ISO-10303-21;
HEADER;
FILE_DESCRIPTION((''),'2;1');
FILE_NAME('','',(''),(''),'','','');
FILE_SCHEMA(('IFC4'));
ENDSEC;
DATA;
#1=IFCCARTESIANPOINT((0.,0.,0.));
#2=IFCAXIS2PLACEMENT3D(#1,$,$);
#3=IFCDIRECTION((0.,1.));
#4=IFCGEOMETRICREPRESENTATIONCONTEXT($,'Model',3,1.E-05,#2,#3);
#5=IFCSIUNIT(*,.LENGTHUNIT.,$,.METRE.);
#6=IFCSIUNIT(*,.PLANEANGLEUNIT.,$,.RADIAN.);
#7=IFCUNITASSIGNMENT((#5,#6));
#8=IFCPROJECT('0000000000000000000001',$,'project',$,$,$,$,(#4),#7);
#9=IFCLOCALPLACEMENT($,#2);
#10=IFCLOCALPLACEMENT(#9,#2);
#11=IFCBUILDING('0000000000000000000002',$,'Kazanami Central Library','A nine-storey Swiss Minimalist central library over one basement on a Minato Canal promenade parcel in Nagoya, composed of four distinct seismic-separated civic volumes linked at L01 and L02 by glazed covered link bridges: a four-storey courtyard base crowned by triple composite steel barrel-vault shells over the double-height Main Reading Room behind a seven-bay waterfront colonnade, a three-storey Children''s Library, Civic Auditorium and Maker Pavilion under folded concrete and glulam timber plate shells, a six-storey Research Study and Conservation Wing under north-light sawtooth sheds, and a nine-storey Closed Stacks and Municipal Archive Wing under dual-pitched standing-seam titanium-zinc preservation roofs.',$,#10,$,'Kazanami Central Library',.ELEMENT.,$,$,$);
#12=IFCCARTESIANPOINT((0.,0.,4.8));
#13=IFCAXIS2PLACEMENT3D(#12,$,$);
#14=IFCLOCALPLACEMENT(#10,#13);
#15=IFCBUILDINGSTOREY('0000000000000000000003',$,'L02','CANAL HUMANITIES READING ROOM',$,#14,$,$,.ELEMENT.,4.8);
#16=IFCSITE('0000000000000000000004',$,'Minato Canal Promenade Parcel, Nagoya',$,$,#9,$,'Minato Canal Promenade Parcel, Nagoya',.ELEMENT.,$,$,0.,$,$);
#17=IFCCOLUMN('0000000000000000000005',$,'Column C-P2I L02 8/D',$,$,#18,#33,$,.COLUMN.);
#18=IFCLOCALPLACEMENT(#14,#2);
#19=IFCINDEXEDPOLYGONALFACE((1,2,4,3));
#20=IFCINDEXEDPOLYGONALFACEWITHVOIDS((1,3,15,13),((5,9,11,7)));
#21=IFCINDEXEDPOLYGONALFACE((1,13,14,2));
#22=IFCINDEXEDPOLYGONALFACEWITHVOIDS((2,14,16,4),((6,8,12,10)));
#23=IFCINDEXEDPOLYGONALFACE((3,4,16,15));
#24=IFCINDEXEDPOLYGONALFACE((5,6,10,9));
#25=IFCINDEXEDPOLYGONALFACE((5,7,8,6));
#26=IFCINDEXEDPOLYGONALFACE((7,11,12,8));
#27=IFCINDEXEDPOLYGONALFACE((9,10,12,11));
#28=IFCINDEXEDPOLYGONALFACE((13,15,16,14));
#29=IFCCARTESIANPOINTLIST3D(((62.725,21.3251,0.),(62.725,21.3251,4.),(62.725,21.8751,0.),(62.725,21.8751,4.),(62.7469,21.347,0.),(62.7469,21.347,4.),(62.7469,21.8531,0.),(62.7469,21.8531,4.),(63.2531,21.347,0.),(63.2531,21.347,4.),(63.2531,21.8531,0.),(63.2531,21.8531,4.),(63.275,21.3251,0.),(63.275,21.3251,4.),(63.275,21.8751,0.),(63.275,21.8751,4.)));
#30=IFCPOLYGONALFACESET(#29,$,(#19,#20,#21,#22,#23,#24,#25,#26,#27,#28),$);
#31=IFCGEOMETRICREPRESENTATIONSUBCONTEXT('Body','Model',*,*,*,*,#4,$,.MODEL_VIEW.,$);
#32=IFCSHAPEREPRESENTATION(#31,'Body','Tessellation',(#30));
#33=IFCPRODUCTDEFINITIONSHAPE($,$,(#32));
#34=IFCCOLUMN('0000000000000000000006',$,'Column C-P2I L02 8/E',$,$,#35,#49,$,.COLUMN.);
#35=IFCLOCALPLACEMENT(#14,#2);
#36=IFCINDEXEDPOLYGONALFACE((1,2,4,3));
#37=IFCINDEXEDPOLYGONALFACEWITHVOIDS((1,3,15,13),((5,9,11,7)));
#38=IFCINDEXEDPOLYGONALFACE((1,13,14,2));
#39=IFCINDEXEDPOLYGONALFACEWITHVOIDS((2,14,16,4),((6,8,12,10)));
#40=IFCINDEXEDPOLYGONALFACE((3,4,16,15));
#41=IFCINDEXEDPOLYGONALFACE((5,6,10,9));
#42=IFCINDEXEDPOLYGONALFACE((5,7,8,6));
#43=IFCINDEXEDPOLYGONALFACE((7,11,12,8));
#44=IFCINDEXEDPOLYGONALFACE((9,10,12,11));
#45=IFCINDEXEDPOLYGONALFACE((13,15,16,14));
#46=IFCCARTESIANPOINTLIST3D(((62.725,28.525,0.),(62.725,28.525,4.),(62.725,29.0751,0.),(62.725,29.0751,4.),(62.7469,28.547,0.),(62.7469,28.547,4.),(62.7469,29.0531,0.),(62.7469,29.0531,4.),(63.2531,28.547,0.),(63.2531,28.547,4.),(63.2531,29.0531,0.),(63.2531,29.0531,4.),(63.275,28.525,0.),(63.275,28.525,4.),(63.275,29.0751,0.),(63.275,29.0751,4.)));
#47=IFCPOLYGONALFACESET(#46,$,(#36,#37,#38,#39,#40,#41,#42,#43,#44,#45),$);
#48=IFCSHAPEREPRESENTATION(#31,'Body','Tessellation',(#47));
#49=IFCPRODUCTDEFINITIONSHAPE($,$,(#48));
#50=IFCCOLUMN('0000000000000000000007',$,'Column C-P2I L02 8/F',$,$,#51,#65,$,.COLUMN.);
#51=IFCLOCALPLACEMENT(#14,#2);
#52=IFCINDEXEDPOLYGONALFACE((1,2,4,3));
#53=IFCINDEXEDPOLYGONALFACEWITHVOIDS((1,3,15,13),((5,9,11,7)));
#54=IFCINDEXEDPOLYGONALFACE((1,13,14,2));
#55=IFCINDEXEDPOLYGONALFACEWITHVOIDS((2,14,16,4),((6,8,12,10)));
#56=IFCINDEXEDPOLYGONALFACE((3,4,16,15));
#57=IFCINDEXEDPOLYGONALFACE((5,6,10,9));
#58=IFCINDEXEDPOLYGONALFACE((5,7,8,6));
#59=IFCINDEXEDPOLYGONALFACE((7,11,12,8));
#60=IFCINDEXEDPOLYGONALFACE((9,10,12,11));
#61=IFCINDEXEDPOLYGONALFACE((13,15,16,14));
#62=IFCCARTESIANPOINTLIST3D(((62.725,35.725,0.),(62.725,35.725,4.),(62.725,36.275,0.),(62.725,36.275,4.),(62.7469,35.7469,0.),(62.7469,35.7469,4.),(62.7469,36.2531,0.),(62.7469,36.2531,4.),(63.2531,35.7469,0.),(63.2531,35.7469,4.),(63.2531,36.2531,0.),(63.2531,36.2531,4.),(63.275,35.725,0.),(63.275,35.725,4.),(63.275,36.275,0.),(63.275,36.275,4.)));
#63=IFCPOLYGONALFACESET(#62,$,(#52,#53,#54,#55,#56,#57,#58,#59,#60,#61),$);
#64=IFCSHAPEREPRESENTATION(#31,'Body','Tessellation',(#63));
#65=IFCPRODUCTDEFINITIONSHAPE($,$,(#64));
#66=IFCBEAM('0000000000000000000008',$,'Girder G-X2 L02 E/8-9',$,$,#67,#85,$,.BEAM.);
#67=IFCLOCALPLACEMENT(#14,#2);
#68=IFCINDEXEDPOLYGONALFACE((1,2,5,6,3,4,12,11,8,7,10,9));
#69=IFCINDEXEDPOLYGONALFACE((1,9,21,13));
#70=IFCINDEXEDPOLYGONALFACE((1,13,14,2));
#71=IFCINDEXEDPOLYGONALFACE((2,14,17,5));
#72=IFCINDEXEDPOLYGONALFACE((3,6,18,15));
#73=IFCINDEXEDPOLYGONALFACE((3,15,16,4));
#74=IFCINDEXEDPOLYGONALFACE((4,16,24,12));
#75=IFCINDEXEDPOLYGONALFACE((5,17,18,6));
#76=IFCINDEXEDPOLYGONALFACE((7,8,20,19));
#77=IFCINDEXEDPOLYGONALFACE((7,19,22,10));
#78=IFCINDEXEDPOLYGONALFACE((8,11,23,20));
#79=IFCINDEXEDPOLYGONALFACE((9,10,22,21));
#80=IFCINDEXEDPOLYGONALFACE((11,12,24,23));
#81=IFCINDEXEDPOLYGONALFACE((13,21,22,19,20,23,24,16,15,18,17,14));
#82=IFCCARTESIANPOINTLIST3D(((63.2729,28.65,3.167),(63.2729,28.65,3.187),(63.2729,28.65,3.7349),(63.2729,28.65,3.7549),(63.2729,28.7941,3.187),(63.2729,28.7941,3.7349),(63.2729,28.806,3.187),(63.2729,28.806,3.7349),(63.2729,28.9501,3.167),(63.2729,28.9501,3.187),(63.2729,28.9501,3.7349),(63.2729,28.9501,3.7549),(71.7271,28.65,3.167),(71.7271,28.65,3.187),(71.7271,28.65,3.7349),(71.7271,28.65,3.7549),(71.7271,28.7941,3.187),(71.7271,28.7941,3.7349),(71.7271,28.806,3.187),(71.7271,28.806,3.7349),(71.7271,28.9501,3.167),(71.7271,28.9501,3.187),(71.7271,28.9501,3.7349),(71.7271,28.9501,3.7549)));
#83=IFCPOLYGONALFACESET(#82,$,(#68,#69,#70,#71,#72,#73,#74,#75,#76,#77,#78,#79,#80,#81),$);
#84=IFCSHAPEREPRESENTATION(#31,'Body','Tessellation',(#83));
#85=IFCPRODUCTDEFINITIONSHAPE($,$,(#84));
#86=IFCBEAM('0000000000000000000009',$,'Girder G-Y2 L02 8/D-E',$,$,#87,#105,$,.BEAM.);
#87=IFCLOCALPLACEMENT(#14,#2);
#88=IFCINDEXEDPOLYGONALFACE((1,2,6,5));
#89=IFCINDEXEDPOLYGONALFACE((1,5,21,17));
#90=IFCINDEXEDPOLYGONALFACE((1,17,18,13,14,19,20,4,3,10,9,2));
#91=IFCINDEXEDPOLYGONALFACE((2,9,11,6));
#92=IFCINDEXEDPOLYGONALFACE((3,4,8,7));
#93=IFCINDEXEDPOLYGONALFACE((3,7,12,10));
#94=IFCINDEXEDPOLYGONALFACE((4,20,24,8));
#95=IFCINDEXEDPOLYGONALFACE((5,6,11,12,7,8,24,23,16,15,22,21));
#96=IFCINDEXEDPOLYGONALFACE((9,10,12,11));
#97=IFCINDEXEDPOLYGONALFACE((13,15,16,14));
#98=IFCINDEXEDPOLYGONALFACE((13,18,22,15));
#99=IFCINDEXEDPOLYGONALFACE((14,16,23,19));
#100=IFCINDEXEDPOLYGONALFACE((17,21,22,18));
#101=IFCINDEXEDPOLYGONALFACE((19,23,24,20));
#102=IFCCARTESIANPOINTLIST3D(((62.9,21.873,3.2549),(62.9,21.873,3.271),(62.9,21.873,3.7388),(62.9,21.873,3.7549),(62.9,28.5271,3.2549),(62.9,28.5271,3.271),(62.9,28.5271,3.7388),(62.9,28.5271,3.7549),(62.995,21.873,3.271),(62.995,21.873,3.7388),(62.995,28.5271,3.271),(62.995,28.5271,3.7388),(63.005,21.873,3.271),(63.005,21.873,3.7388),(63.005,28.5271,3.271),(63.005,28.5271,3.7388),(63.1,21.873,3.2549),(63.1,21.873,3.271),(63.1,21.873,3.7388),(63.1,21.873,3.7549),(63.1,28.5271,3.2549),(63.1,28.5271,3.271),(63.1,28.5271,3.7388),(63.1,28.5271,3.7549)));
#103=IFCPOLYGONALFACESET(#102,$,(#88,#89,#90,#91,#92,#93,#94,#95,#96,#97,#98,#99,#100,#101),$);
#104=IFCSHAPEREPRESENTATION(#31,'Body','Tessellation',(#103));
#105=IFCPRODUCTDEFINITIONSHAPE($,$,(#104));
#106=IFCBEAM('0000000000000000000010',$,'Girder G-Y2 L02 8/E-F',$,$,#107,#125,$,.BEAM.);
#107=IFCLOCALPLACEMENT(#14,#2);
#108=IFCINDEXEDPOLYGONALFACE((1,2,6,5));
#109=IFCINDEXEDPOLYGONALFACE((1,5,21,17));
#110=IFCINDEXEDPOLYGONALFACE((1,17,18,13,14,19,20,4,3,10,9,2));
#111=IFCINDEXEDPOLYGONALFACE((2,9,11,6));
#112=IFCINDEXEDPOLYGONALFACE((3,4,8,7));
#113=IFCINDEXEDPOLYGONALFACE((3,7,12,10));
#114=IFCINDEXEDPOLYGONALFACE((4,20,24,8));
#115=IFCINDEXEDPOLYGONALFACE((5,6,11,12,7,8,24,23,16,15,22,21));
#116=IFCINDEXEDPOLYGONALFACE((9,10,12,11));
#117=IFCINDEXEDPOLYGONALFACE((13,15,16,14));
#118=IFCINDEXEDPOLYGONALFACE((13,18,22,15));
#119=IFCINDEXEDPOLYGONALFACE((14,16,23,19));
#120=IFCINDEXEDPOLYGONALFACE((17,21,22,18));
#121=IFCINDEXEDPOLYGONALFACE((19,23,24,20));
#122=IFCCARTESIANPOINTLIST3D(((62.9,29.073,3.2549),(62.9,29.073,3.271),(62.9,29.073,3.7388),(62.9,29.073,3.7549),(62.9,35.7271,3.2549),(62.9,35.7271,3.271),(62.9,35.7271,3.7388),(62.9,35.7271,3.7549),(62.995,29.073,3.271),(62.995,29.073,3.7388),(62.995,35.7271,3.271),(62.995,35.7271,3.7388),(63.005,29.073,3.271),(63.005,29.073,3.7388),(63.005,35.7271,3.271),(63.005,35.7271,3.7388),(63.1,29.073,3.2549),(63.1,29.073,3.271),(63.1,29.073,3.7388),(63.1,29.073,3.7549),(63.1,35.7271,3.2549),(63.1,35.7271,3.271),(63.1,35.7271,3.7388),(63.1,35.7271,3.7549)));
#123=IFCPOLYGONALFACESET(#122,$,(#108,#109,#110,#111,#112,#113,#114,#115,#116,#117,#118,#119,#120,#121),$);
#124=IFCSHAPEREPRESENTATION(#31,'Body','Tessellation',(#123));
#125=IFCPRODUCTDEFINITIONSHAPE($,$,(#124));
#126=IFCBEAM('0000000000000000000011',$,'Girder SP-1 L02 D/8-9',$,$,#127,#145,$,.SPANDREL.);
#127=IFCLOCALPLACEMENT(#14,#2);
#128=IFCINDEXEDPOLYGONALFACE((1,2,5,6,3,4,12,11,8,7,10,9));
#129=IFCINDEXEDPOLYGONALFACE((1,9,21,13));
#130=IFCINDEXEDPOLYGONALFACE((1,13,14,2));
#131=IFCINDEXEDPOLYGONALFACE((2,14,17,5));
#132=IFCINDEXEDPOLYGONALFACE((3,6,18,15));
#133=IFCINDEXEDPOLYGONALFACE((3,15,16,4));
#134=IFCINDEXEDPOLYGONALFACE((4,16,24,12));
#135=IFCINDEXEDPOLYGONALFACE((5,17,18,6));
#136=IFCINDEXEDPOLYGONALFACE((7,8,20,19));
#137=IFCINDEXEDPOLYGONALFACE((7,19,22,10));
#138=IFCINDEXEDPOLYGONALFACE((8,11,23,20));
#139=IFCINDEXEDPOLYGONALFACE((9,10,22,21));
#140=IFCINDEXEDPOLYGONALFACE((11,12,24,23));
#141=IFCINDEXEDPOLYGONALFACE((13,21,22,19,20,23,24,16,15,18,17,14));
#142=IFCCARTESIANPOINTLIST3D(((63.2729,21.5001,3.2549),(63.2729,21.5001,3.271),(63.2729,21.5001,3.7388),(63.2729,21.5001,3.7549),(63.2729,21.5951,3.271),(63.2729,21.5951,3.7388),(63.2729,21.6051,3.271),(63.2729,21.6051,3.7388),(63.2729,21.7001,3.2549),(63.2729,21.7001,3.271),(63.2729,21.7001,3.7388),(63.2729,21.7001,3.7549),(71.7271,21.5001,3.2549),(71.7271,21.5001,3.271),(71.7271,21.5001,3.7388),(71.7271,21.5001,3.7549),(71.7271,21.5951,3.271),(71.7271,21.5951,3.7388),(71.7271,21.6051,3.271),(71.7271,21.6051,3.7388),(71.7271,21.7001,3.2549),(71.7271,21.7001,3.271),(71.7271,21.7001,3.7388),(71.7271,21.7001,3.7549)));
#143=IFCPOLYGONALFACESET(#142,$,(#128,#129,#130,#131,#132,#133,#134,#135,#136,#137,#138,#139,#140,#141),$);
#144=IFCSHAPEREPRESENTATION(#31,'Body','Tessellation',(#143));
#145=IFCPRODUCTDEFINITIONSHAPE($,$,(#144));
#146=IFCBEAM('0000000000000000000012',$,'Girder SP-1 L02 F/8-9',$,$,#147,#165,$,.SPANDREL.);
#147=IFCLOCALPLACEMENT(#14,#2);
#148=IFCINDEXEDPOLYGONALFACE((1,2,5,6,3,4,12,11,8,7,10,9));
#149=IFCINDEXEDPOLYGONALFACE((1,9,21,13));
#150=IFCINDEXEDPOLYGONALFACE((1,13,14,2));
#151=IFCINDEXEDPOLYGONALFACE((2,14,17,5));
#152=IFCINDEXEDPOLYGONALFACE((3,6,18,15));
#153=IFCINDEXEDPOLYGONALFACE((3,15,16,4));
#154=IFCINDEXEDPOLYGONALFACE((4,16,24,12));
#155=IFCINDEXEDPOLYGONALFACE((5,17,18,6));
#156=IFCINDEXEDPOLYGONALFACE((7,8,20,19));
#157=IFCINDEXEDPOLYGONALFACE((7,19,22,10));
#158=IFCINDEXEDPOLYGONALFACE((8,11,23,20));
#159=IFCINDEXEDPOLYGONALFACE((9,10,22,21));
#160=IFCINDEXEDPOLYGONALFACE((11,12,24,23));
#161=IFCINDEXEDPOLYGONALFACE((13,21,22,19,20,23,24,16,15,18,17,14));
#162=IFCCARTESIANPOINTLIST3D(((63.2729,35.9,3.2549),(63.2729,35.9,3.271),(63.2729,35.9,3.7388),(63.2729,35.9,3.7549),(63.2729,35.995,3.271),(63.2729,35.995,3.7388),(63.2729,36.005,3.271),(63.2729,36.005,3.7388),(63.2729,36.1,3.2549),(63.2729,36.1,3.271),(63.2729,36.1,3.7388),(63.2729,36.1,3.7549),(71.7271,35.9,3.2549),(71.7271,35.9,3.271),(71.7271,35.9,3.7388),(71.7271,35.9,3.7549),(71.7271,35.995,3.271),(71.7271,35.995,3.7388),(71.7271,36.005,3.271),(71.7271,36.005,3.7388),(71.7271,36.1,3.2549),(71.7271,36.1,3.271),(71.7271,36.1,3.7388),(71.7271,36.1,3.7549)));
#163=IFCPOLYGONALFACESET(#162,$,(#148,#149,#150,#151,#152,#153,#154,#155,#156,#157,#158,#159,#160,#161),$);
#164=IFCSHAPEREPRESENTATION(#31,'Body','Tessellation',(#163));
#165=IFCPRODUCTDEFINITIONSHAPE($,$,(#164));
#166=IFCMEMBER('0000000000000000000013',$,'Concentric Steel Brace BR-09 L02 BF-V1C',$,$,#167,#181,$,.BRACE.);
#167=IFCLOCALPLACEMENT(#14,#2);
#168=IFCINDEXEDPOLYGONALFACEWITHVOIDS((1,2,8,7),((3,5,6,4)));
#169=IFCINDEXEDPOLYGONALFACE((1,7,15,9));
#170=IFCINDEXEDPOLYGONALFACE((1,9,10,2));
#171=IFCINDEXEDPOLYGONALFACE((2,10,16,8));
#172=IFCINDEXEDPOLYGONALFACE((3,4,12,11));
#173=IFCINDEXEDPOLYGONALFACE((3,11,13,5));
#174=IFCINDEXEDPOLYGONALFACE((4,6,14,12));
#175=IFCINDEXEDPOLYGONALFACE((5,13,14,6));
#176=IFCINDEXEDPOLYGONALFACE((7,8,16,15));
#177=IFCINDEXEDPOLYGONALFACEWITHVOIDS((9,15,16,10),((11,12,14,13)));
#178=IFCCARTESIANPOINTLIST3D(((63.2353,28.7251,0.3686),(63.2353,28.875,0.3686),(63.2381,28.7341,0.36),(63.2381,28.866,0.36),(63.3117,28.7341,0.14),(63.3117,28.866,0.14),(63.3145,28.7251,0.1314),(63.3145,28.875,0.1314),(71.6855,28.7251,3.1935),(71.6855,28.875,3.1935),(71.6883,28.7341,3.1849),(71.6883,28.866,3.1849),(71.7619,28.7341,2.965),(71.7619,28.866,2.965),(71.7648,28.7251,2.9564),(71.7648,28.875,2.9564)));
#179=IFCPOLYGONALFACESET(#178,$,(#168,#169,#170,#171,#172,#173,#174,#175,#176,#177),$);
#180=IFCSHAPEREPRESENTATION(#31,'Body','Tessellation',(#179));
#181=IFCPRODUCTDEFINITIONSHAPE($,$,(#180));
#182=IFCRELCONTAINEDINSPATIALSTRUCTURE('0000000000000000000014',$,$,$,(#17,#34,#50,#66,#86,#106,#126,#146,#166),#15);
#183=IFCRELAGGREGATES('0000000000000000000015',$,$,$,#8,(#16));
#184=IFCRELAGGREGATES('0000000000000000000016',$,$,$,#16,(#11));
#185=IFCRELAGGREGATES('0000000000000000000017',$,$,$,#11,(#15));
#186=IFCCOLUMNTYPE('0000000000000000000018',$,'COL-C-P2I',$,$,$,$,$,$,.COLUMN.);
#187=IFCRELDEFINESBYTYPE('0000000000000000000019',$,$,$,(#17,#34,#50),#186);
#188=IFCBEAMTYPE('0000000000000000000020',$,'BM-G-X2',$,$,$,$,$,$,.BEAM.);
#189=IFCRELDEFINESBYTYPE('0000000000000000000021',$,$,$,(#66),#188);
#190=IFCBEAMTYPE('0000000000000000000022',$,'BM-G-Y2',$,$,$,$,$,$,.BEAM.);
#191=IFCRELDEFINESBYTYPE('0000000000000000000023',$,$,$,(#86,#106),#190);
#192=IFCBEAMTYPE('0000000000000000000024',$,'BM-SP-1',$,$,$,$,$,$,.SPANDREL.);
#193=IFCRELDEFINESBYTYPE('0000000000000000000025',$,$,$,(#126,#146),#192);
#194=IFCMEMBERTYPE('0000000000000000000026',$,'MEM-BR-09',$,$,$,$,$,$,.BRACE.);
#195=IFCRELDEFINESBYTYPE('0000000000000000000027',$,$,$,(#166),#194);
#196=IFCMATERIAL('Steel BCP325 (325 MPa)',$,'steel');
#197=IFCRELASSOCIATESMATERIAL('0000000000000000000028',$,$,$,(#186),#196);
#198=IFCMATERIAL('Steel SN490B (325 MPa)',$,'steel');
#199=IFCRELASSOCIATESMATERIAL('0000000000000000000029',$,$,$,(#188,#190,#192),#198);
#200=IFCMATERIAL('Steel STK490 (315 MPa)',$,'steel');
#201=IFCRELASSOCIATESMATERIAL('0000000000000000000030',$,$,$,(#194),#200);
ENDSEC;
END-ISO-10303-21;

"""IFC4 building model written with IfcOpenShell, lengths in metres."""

from ifc_helpers import new_model, si_unit, direction, frame, origin, origin_2d, place, context, subcontext, project, spatial, hollow_rectangle, i_section, extrude, material, material_profile, profile_set, type_object, element, save


model = new_model("IFC4")

# Units and contexts
model_context = context("Model", 3, precision=1e-05, world=origin(), true_north=direction((0.0, 1.0)))
body_context = subcontext(model_context, "Body", "Model", "MODEL_VIEW")
ifc_project = project(units=[si_unit("LENGTHUNIT", "METRE"), si_unit("PLANEANGLEUNIT", "RADIAN")], contexts=[model_context])

# Site, building, storey
site_placement = place(None, origin())
site = spatial("IfcSite", under=ifc_project, at=site_placement, Name="Minato Canal Promenade Parcel, Nagoya", LongName="Minato Canal Promenade Parcel, Nagoya", CompositionType="ELEMENT", RefElevation=0.0)
building_placement = place(site_placement, origin())
building = spatial("IfcBuilding", under=site, at=building_placement, Name="Kazanami Central Library", Description="A nine-storey Swiss Minimalist central library over one basement on a Minato Canal promenade parcel in Nagoya, composed of four distinct seismic-separated civic volumes linked at L01 and L02 by glazed covered link bridges: a four-storey courtyard base crowned by triple composite steel barrel-vault shells over the double-height Main Reading Room behind a seven-bay waterfront colonnade, a three-storey Children's Library, Civic Auditorium and Maker Pavilion under folded concrete and glulam timber plate shells, a six-storey Research Study and Conservation Wing under north-light sawtooth sheds, and a nine-storey Closed Stacks and Municipal Archive Wing under dual-pitched standing-seam titanium-zinc preservation roofs.", LongName="Kazanami Central Library", CompositionType="ELEMENT")
storey_placement = place(building_placement, frame((0.0, 0.0, 4.8)))
storey = spatial("IfcBuildingStorey", under=building, at=storey_placement, Name="L02", Description="CANAL HUMANITIES READING ROOM", CompositionType="ELEMENT", Elevation=4.8)

# Columns
ifc_material_1 = material(Name="Steel BCP325 (325 MPa)", Category="steel")
ifc_material_profile_1 = material_profile(ifc_material_1, hollow_rectangle(XDim=0.55, YDim=0.55, WallThickness=0.022, at=origin_2d()), Name="BCP-550x550x22")
ifc_profile_set_1 = profile_set([ifc_material_profile_1], Name="Steel BCP325 (325 MPa)")
column_type = type_object("IfcColumnType", Name="COL-C-P2I", PredefinedType="COLUMN", material=ifc_profile_set_1)
for number, where, z_axis, x_axis, name in (
    (1, (63.0, 21.6001, 0.0), (0.0, 0.0, 1.0), (1.0, 0.0, 0.0), "Column C-P2I L02 8/D"),
    (2, (63.0, 28.8, 0.0), (0.0, 0.0, 1.0), (1.0, 0.0, 0.0), "Column C-P2I L02 8/E"),
    (3, (63.0, 36.0, 0.0), (0.0, 0.0, 1.0), (1.0, 0.0, 0.0), "Column C-P2I L02 8/F"),
):
    element("IfcColumn", number, at=place(storey_placement, frame(where, z_axis=z_axis, x_axis=x_axis)), inside=storey, type_object=column_type, Name=name, PredefinedType="COLUMN", context=body_context, shape_type="SweptSolid", body=[
        extrude(hollow_rectangle(XDim=0.55, YDim=0.55, WallThickness=0.022, at=origin_2d()), origin(), (0.0, 0.0, 1.0), 4.0),
    ])

# Beams
ifc_material_2 = material(Name="Steel SN490B (325 MPa)", Category="steel")
ifc_material_profile_2 = material_profile(ifc_material_2, i_section(OverallWidth=0.3, OverallDepth=0.5879, WebThickness=0.012, FlangeThickness=0.02, at=origin_2d()), Name="H-588x300x12x20")
ifc_profile_set_2 = profile_set([ifc_material_profile_2], Name="Steel SN490B (325 MPa)")
beam_type_1 = type_object("IfcBeamType", Name="BM-G-X2", PredefinedType="BEAM", material=ifc_profile_set_2)
beam_placement = place(storey_placement, frame((63.2729, 28.8, 3.4609), z_axis=(1.0, 0.0, 0.0), x_axis=(0.0, 1.0, 0.0)))
element("IfcBeam", 4, at=beam_placement, inside=storey, type_object=beam_type_1, Name="Girder G-X2 L02 E/8-9", PredefinedType="BEAM", context=body_context, shape_type="SweptSolid", body=[
    extrude(i_section(OverallWidth=0.3, OverallDepth=0.5879, WebThickness=0.012, FlangeThickness=0.02, at=origin_2d()), origin(), (0.0, 0.0, 1.0), 8.4541),
])
ifc_material_profile_3 = material_profile(ifc_material_2, i_section(OverallWidth=0.2, OverallDepth=0.5, WebThickness=0.01, FlangeThickness=0.0161, at=origin_2d()), Name="H-500x200x10x16")
ifc_profile_set_3 = profile_set([ifc_material_profile_3], Name="Steel SN490B (325 MPa)")
beam_type_2 = type_object("IfcBeamType", Name="BM-G-Y2", PredefinedType="BEAM", material=ifc_profile_set_3)
for number, where, z_axis, x_axis, name in (
    (5, (63.0, 21.873, 3.5049), (0.0, 1.0, 0.0), (-1.0, 0.0, 0.0), "Girder G-Y2 L02 8/D-E"),
    (6, (63.0, 29.073, 3.5049), (0.0, 1.0, 0.0), (-1.0, 0.0, 0.0), "Girder G-Y2 L02 8/E-F"),
):
    element("IfcBeam", number, at=place(storey_placement, frame(where, z_axis=z_axis, x_axis=x_axis)), inside=storey, type_object=beam_type_2, Name=name, PredefinedType="BEAM", context=body_context, shape_type="SweptSolid", body=[
        extrude(i_section(OverallWidth=0.2, OverallDepth=0.5, WebThickness=0.01, FlangeThickness=0.0161, at=origin_2d()), origin(), (0.0, 0.0, 1.0), 6.6541),
    ])
ifc_material_profile_4 = material_profile(ifc_material_2, i_section(OverallWidth=0.2, OverallDepth=0.5, WebThickness=0.01, FlangeThickness=0.0161, at=origin_2d()), Name="H-500x200x10x16")
ifc_profile_set_4 = profile_set([ifc_material_profile_4], Name="Steel SN490B (325 MPa)")
beam_type_3 = type_object("IfcBeamType", Name="BM-SP-1", PredefinedType="SPANDREL", material=ifc_profile_set_4)
for number, where, z_axis, x_axis, name in (
    (7, (63.2729, 21.6001, 3.5049), (1.0, 0.0, 0.0), (0.0, 1.0, 0.0), "Girder SP-1 L02 D/8-9"),
    (8, (63.2729, 36.0, 3.5049), (1.0, 0.0, 0.0), (0.0, 1.0, 0.0), "Girder SP-1 L02 F/8-9"),
):
    element("IfcBeam", number, at=place(storey_placement, frame(where, z_axis=z_axis, x_axis=x_axis)), inside=storey, type_object=beam_type_3, Name=name, PredefinedType="SPANDREL", context=body_context, shape_type="SweptSolid", body=[
        extrude(i_section(OverallWidth=0.2, OverallDepth=0.5, WebThickness=0.01, FlangeThickness=0.0161, at=origin_2d()), origin(), (0.0, 0.0, 1.0), 8.4541),
    ])

# Member
ifc_material_3 = material(Name="Steel STK490 (315 MPa)", Category="steel")
ifc_material_profile_5 = material_profile(ifc_material_3, hollow_rectangle(XDim=0.1499, YDim=0.25, WallThickness=0.009, at=origin_2d()), Name="STKR-250x150x9")
ifc_profile_set_5 = profile_set([ifc_material_profile_5], Name="Steel STK490 (315 MPa)")
member_type_1 = type_object("IfcMemberType", Name="MEM-BR-09", PredefinedType="BRACE", material=ifc_profile_set_5)
member_1_placement = place(storey_placement, frame((63.2749, 28.8, 0.25), z_axis=(0.948406, 0.0, 0.317058), x_axis=(0.0, 1.0, 0.0)))
element("IfcMember", 9, at=member_1_placement, inside=storey, type_object=member_type_1, Name="Concentric Steel Brace BR-09 L02 BF-V1C", PredefinedType="BRACE", context=body_context, shape_type="SweptSolid", body=[
    extrude(hollow_rectangle(XDim=0.1499, YDim=0.25, WallThickness=0.009, at=origin_2d()), origin(), (0.0, 0.0, 1.0), 8.9099),
])

save(model, "model.ifc")
